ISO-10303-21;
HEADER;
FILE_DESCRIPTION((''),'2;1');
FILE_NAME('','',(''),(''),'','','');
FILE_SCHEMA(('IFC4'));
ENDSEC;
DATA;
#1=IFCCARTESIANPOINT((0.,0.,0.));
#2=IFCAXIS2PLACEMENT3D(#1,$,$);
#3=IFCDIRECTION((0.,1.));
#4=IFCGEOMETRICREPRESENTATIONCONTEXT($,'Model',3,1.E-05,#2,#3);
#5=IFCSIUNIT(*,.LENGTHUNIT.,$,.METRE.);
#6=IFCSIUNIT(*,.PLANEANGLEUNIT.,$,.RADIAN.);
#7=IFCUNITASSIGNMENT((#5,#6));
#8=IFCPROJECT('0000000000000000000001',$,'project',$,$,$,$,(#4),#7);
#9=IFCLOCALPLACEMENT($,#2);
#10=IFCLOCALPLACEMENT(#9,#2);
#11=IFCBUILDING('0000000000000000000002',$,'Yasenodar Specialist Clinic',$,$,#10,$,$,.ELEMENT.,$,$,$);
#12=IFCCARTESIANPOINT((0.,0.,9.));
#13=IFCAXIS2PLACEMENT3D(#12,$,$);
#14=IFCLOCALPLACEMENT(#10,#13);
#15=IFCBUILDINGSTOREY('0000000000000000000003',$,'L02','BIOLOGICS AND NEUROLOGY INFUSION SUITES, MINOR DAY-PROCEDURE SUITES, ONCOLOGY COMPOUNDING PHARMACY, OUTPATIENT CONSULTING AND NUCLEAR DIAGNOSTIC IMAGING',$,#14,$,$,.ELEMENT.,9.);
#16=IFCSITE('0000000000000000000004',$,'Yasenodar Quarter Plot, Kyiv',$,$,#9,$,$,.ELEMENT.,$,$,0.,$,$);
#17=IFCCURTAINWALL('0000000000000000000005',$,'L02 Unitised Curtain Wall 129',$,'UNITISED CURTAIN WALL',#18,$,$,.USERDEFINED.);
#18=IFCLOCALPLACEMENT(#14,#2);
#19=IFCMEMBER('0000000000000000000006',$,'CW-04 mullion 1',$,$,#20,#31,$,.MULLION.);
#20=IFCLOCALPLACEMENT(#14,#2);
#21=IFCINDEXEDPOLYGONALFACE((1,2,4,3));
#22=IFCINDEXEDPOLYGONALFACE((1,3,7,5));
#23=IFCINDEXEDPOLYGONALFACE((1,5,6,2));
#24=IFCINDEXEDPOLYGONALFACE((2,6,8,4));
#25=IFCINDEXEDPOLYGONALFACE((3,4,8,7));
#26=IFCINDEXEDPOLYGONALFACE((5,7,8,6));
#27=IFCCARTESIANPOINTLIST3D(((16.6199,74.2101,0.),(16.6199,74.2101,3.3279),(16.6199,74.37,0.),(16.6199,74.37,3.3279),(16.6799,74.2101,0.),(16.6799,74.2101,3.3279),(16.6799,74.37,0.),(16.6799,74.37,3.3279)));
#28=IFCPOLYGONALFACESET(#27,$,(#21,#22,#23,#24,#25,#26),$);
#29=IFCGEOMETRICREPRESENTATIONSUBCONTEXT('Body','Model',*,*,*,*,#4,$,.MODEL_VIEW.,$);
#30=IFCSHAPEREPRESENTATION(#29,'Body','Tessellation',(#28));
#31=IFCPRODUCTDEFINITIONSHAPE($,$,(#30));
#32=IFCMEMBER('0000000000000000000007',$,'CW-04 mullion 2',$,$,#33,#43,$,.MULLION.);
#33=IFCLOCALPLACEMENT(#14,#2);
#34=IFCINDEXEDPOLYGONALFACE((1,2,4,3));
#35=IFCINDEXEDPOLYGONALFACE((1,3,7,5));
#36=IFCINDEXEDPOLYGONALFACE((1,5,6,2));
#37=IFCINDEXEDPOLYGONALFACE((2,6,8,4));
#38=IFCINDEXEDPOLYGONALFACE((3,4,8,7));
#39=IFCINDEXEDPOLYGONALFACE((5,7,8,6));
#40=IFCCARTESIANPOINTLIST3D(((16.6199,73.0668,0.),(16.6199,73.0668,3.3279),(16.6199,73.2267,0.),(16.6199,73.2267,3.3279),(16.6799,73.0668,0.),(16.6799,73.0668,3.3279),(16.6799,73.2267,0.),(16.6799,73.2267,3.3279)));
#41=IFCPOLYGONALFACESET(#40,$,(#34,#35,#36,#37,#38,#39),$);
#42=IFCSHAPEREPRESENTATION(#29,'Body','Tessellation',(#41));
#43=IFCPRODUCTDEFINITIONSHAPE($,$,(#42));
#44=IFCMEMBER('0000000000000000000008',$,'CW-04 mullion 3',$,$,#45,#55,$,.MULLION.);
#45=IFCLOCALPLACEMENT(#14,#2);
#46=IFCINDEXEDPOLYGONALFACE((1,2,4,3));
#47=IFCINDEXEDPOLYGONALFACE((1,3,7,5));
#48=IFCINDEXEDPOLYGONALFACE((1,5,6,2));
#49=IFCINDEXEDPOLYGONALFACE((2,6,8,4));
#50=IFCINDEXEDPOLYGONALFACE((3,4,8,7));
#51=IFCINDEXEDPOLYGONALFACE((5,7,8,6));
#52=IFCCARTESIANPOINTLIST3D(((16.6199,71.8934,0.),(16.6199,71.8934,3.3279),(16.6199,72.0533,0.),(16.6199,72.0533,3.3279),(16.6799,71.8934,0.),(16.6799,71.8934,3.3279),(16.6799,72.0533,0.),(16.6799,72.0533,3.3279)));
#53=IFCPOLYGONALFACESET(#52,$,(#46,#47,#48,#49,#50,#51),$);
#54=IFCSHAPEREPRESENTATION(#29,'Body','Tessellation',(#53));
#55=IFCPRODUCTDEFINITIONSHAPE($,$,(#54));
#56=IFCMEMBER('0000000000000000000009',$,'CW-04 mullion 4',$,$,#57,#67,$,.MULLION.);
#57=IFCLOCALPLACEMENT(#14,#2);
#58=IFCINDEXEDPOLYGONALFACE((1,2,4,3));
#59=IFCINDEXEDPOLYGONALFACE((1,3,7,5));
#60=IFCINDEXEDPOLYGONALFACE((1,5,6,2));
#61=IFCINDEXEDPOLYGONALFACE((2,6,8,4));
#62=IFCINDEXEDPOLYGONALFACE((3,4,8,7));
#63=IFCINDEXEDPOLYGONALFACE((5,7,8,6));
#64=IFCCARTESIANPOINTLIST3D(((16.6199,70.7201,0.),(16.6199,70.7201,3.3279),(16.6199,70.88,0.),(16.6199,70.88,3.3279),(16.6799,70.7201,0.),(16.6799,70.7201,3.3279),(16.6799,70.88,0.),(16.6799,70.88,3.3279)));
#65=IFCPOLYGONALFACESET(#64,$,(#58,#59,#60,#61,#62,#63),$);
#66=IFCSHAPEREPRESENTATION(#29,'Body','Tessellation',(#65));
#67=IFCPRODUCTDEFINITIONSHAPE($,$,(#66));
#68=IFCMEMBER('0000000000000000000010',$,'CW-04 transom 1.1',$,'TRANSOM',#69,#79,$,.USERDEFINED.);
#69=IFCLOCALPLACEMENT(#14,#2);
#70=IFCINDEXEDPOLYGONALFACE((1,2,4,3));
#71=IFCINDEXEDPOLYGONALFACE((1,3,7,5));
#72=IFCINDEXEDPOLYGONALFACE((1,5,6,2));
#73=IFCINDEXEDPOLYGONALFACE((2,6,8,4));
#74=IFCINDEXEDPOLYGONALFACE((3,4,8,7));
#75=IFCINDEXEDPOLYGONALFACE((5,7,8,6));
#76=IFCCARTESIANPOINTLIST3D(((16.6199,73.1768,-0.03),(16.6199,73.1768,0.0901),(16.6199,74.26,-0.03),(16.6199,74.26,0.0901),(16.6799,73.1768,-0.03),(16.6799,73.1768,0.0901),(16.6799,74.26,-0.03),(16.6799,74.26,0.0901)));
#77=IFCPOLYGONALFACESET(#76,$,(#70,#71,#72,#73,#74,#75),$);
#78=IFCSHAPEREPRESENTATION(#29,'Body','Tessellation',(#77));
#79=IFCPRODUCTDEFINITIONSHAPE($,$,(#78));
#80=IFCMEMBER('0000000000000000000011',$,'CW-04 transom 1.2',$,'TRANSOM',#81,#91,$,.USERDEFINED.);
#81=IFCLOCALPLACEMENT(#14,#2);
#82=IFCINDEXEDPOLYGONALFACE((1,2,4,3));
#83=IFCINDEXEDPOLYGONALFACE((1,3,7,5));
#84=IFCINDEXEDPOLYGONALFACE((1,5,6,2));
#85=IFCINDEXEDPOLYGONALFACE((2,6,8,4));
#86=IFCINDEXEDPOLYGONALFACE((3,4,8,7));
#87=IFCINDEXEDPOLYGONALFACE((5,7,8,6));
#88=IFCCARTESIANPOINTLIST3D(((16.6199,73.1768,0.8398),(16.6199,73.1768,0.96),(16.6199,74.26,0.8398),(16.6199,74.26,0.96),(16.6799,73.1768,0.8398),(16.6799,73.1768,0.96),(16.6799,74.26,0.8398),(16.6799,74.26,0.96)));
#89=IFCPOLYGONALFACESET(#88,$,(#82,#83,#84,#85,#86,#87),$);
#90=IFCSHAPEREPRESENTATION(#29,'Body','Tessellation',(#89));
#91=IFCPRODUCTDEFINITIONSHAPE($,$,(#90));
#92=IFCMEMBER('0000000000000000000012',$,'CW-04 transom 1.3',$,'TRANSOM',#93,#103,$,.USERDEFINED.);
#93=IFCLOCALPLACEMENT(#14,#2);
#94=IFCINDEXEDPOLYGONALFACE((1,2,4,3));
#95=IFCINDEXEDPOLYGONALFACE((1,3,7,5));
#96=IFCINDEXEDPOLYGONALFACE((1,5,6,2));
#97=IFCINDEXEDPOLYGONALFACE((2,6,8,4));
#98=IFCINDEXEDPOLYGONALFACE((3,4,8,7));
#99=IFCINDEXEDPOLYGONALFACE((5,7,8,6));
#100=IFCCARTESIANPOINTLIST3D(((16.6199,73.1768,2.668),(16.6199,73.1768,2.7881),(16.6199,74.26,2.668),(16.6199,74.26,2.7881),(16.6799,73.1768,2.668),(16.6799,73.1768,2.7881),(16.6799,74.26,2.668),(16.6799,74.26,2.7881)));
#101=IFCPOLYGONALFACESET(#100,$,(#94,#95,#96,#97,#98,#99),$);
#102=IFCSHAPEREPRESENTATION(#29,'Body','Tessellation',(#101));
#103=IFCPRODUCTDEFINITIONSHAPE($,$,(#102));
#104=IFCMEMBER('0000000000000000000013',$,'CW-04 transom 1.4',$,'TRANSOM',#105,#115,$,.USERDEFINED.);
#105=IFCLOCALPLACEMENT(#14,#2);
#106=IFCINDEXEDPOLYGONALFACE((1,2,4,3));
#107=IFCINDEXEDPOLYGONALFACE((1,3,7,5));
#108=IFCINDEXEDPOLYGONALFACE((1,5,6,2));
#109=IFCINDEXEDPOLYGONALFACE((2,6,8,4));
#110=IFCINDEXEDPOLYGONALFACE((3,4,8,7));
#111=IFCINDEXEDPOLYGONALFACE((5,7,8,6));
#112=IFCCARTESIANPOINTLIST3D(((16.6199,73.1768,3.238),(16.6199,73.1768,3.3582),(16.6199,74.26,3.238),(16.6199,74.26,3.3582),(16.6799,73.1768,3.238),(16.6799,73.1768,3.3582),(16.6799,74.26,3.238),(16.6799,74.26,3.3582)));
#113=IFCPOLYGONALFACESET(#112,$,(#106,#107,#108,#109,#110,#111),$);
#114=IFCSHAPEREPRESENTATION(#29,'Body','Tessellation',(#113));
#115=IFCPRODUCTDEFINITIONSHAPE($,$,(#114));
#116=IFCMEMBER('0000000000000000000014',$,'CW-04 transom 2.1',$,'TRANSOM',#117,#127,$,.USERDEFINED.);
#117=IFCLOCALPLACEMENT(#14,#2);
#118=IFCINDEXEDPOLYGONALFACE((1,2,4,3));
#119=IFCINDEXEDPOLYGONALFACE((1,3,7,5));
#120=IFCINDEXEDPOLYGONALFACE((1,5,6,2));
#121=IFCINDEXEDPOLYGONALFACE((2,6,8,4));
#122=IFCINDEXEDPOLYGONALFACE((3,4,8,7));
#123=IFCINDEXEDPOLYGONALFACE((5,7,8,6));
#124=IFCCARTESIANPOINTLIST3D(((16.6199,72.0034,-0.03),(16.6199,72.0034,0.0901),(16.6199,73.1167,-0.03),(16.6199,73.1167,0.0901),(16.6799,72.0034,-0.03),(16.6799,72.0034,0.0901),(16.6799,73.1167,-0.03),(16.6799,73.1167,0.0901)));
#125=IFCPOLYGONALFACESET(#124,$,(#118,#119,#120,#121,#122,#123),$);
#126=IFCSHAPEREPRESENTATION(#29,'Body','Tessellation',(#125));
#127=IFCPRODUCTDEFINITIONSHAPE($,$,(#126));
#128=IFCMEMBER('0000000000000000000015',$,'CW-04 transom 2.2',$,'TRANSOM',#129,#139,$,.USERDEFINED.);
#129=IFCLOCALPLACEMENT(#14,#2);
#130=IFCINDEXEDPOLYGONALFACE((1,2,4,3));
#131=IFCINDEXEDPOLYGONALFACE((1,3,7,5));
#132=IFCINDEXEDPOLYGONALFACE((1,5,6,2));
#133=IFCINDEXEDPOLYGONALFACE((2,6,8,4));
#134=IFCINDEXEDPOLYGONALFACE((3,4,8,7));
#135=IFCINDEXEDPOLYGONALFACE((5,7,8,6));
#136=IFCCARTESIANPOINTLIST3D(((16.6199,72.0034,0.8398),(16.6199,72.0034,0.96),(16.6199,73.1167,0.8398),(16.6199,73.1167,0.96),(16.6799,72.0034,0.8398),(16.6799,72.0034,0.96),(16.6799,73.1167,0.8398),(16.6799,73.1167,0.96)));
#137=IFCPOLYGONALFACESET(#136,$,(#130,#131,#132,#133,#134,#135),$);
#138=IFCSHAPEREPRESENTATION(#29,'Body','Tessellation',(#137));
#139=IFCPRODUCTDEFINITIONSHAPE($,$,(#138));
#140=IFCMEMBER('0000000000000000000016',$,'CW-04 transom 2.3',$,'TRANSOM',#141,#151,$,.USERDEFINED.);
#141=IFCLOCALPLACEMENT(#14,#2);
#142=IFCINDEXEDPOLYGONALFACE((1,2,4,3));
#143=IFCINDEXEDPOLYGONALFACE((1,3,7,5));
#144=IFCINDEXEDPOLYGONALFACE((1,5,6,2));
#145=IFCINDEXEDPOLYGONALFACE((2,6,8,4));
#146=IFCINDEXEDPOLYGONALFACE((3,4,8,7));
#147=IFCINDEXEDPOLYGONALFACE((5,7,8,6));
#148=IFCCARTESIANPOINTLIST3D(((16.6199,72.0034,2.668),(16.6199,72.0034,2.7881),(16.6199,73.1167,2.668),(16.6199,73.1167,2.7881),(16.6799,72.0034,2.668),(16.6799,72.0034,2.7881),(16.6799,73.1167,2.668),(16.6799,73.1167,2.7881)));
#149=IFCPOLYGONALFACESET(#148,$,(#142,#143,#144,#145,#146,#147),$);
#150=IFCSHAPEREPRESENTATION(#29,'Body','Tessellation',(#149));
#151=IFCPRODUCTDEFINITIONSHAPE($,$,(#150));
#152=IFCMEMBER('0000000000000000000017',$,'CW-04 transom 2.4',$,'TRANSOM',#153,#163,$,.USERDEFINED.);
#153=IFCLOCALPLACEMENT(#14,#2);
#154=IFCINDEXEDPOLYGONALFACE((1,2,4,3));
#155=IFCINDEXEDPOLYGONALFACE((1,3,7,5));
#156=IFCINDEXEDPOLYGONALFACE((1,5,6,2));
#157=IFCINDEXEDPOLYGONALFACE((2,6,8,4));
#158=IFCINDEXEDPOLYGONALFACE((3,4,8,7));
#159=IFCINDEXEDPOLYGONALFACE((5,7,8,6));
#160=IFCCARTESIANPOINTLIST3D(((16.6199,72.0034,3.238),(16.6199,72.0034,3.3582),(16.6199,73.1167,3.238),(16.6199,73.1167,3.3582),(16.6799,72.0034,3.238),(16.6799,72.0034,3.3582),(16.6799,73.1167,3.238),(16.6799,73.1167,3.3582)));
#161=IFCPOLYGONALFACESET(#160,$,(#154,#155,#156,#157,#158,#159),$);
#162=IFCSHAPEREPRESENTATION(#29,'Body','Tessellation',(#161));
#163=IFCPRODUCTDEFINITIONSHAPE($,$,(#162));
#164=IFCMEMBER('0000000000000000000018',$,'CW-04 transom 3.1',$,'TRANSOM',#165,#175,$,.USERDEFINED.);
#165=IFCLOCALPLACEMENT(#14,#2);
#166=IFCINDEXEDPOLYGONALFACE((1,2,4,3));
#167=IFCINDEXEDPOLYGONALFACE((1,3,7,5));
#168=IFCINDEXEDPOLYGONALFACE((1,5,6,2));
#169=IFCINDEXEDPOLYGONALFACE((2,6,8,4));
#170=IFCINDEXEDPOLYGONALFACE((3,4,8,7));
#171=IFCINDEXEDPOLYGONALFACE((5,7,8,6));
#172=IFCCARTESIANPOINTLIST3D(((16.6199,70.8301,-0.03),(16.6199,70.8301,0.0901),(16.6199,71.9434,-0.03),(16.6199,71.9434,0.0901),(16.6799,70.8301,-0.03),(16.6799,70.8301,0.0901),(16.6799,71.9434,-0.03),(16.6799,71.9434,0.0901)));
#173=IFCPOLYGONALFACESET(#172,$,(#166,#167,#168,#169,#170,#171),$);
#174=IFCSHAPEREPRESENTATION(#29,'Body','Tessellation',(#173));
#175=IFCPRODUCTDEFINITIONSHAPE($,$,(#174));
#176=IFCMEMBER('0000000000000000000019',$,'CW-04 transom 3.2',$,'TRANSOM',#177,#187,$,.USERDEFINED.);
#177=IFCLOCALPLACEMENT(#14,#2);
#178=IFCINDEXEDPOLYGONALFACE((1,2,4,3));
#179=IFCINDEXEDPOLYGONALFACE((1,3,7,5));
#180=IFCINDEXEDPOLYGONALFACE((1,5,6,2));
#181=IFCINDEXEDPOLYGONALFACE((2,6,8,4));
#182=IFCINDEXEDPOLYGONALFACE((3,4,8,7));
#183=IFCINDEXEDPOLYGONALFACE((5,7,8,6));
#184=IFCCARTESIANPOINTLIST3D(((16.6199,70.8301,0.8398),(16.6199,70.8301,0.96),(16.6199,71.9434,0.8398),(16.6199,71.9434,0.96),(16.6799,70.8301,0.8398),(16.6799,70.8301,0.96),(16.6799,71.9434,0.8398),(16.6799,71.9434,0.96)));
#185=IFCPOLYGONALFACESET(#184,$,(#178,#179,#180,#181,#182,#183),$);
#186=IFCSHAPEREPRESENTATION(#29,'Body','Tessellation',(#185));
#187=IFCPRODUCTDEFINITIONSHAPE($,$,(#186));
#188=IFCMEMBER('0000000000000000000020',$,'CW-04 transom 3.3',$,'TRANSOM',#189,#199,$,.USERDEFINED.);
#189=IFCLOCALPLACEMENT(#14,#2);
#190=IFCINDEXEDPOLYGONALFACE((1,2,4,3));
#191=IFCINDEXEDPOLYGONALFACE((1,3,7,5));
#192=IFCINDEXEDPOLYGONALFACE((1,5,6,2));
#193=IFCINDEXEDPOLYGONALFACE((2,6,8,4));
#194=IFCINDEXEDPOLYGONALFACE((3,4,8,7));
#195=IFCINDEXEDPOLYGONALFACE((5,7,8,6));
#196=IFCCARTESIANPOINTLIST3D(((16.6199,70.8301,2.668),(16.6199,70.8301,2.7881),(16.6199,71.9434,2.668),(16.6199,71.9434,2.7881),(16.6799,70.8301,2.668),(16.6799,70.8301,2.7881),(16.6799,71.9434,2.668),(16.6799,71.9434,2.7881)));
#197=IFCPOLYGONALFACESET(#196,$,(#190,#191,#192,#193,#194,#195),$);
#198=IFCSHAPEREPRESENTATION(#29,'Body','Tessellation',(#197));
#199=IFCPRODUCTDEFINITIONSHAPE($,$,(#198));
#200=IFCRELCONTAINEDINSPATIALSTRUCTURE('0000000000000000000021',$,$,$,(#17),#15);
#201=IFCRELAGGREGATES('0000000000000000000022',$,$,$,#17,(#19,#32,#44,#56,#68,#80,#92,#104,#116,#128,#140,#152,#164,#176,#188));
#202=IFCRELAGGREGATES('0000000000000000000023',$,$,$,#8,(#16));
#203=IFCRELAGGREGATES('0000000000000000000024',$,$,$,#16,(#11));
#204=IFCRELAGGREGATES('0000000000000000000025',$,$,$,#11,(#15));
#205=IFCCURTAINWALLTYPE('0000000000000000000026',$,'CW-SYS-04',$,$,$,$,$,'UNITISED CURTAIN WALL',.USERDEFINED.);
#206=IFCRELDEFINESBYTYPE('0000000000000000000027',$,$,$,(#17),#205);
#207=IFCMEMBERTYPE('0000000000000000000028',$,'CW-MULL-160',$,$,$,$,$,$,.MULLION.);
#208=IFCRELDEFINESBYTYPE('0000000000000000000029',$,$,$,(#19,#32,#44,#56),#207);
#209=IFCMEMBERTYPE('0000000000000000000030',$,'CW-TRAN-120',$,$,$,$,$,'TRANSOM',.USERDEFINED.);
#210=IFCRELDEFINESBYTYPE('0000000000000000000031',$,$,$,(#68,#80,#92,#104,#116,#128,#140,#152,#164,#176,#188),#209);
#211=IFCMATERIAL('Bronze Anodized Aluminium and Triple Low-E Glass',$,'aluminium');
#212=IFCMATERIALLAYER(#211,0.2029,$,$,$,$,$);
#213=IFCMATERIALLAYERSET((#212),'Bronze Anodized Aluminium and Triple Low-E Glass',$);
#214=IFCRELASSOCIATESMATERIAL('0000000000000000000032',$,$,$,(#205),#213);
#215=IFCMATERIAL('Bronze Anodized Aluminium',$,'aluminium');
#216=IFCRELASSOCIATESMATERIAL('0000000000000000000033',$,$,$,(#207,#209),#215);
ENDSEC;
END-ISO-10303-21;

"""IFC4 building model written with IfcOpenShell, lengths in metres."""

from ifc_helpers import new_model, si_unit, direction, frame, origin, origin_2d, place, context, subcontext, project, spatial, rectangle, extrude, material, layer, layer_set, material_profile, profile_set, type_object, element, aggregate, save


model = new_model("IFC4")

# Units and contexts
model_context = context("Model", 3, precision=1e-05, world=origin(), true_north=direction((0.0, 1.0)))
body_context = subcontext(model_context, "Body", "Model", "MODEL_VIEW")
ifc_project = project(units=[si_unit("LENGTHUNIT", "METRE"), si_unit("PLANEANGLEUNIT", "RADIAN")], contexts=[model_context])

# Site, building, storey
site_placement = place(None, origin())
site = spatial("IfcSite", under=ifc_project, at=site_placement, Name="Yasenodar Quarter Plot, Kyiv", CompositionType="ELEMENT", RefElevation=0.0)
building_placement = place(site_placement, origin())
building = spatial("IfcBuilding", under=site, at=building_placement, Name="Yasenodar Specialist Clinic", CompositionType="ELEMENT")
storey_placement = place(building_placement, frame((0.0, 0.0, 9.0)))
storey = spatial("IfcBuildingStorey", under=building, at=storey_placement, Name="L02", Description="BIOLOGICS AND NEUROLOGY INFUSION SUITES, MINOR DAY-PROCEDURE SUITES, ONCOLOGY COMPOUNDING PHARMACY, OUTPATIENT CONSULTING AND NUCLEAR DIAGNOSTIC IMAGING", CompositionType="ELEMENT", Elevation=9.0)

# Curtain wall, members
ifc_material_1 = material(Name="Bronze Anodized Aluminium and Triple Low-E Glass", Category="aluminium")
ifc_layer_1 = layer(ifc_material_1, 0.2029)
ifc_layer_set_1 = layer_set([ifc_layer_1], Name="Bronze Anodized Aluminium and Triple Low-E Glass")
curtain_wall_type = type_object("IfcCurtainWallType", Name="CW-SYS-04", ElementType="UNITISED CURTAIN WALL", PredefinedType="USERDEFINED", material=ifc_layer_set_1)
curtain_wall_placement = place(storey_placement, origin())
curtain_wall = element("IfcCurtainWall", 1, at=curtain_wall_placement, inside=storey, type_object=curtain_wall_type, Name="L02 Unitised Curtain Wall 129", ObjectType="UNITISED CURTAIN WALL", PredefinedType="USERDEFINED")
ifc_material_2 = material(Name="Bronze Anodized Aluminium", Category="aluminium")
ifc_material_profile_1 = material_profile(ifc_material_2, rectangle(XDim=0.0601, YDim=0.1599, at=origin_2d()), Name="CW-MULL 60x160")
ifc_profile_set_1 = profile_set([ifc_material_profile_1], Name="Bronze Anodized Aluminium")
member_type_1 = type_object("IfcMemberType", Name="CW-MULL-160", PredefinedType="MULLION", material=ifc_profile_set_1)
member_1_placement = place(storey_placement, frame((16.6499, 74.29, 0.0), z_axis=(0.0, 0.0, 1.0), x_axis=(1.0, 0.0, 0.0)))
member_1 = element("IfcMember", 2, at=member_1_placement, type_object=member_type_1, Name="CW-04 mullion 1", PredefinedType="MULLION", context=body_context, shape_type="SweptSolid", body=[
    extrude(rectangle(XDim=0.0601, YDim=0.1599, at=origin_2d()), origin(), (0.0, 0.0, 1.0), 3.3279),
])
member_2_placement = place(storey_placement, frame((16.6499, 73.1467, 0.0), z_axis=(0.0, 0.0, 1.0), x_axis=(1.0, 0.0, 0.0)))
member_2 = element("IfcMember", 3, at=member_2_placement, type_object=member_type_1, Name="CW-04 mullion 2", PredefinedType="MULLION", context=body_context, shape_type="SweptSolid", body=[
    extrude(rectangle(XDim=0.0601, YDim=0.1599, at=origin_2d()), origin(), (0.0, 0.0, 1.0), 3.3279),
])
member_3_placement = place(storey_placement, frame((16.6499, 71.9734, 0.0), z_axis=(0.0, 0.0, 1.0), x_axis=(1.0, 0.0, 0.0)))
member_3 = element("IfcMember", 4, at=member_3_placement, type_object=member_type_1, Name="CW-04 mullion 3", PredefinedType="MULLION", context=body_context, shape_type="SweptSolid", body=[
    extrude(rectangle(XDim=0.0601, YDim=0.1599, at=origin_2d()), origin(), (0.0, 0.0, 1.0), 3.3279),
])
member_4_placement = place(storey_placement, frame((16.6499, 70.8, 0.0), z_axis=(0.0, 0.0, 1.0), x_axis=(1.0, 0.0, 0.0)))
member_4 = element("IfcMember", 5, at=member_4_placement, type_object=member_type_1, Name="CW-04 mullion 4", PredefinedType="MULLION", context=body_context, shape_type="SweptSolid", body=[
    extrude(rectangle(XDim=0.0601, YDim=0.1599, at=origin_2d()), origin(), (0.0, 0.0, 1.0), 3.3279),
])
ifc_material_profile_2 = material_profile(ifc_material_2, rectangle(XDim=0.0601, YDim=0.1201, at=origin_2d()), Name="CW-TRAN 60x120")
ifc_profile_set_2 = profile_set([ifc_material_profile_2], Name="Bronze Anodized Aluminium")
member_type_2 = type_object("IfcMemberType", Name="CW-TRAN-120", ElementType="TRANSOM", PredefinedType="USERDEFINED", material=ifc_profile_set_2)
member_5_placement = place(storey_placement, frame((16.6499, 74.26, 0.03), z_axis=(0.0, -1.0, 0.0), x_axis=(1.0, 0.0, 0.0)))
member_5 = element("IfcMember", 6, at=member_5_placement, type_object=member_type_2, Name="CW-04 transom 1.1", ObjectType="TRANSOM", PredefinedType="USERDEFINED", context=body_context, shape_type="SweptSolid", body=[
    extrude(rectangle(XDim=0.0601, YDim=0.1201, at=origin_2d()), origin(), (0.0, 0.0, 1.0), 1.0833),
])
member_6_placement = place(storey_placement, frame((16.6499, 74.26, 0.8999), z_axis=(0.0, -1.0, 0.0), x_axis=(1.0, 0.0, 0.0)))
member_6 = element("IfcMember", 7, at=member_6_placement, type_object=member_type_2, Name="CW-04 transom 1.2", ObjectType="TRANSOM", PredefinedType="USERDEFINED", context=body_context, shape_type="SweptSolid", body=[
    extrude(rectangle(XDim=0.0601, YDim=0.1201, at=origin_2d()), origin(), (0.0, 0.0, 1.0), 1.0833),
])
member_7_placement = place(storey_placement, frame((16.6499, 74.26, 2.728), z_axis=(0.0, -1.0, 0.0), x_axis=(1.0, 0.0, 0.0)))
member_7 = element("IfcMember", 8, at=member_7_placement, type_object=member_type_2, Name="CW-04 transom 1.3", ObjectType="TRANSOM", PredefinedType="USERDEFINED", context=body_context, shape_type="SweptSolid", body=[
    extrude(rectangle(XDim=0.0601, YDim=0.1201, at=origin_2d()), origin(), (0.0, 0.0, 1.0), 1.0833),
])
member_8_placement = place(storey_placement, frame((16.6499, 74.26, 3.2981), z_axis=(0.0, -1.0, 0.0), x_axis=(1.0, 0.0, 0.0)))
member_8 = element("IfcMember", 9, at=member_8_placement, type_object=member_type_2, Name="CW-04 transom 1.4", ObjectType="TRANSOM", PredefinedType="USERDEFINED", context=body_context, shape_type="SweptSolid", body=[
    extrude(rectangle(XDim=0.0601, YDim=0.1201, at=origin_2d()), origin(), (0.0, 0.0, 1.0), 1.0833),
])
member_9_placement = place(storey_placement, frame((16.6499, 73.1167, 0.03), z_axis=(0.0, -1.0, 0.0), x_axis=(1.0, 0.0, 0.0)))
member_9 = element("IfcMember", 10, at=member_9_placement, type_object=member_type_2, Name="CW-04 transom 2.1", ObjectType="TRANSOM", PredefinedType="USERDEFINED", context=body_context, shape_type="SweptSolid", body=[
    extrude(rectangle(XDim=0.0601, YDim=0.1201, at=origin_2d()), origin(), (0.0, 0.0, 1.0), 1.1133),
])
member_10_placement = place(storey_placement, frame((16.6499, 73.1167, 0.8999), z_axis=(0.0, -1.0, 0.0), x_axis=(1.0, 0.0, 0.0)))
member_10 = element("IfcMember", 11, at=member_10_placement, type_object=member_type_2, Name="CW-04 transom 2.2", ObjectType="TRANSOM", PredefinedType="USERDEFINED", context=body_context, shape_type="SweptSolid", body=[
    extrude(rectangle(XDim=0.0601, YDim=0.1201, at=origin_2d()), origin(), (0.0, 0.0, 1.0), 1.1133),
])
member_11_placement = place(storey_placement, frame((16.6499, 73.1167, 2.728), z_axis=(0.0, -1.0, 0.0), x_axis=(1.0, 0.0, 0.0)))
member_11 = element("IfcMember", 12, at=member_11_placement, type_object=member_type_2, Name="CW-04 transom 2.3", ObjectType="TRANSOM", PredefinedType="USERDEFINED", context=body_context, shape_type="SweptSolid", body=[
    extrude(rectangle(XDim=0.0601, YDim=0.1201, at=origin_2d()), origin(), (0.0, 0.0, 1.0), 1.1133),
])
member_12_placement = place(storey_placement, frame((16.6499, 73.1167, 3.2981), z_axis=(0.0, -1.0, 0.0), x_axis=(1.0, 0.0, 0.0)))
member_12 = element("IfcMember", 13, at=member_12_placement, type_object=member_type_2, Name="CW-04 transom 2.4", ObjectType="TRANSOM", PredefinedType="USERDEFINED", context=body_context, shape_type="SweptSolid", body=[
    extrude(rectangle(XDim=0.0601, YDim=0.1201, at=origin_2d()), origin(), (0.0, 0.0, 1.0), 1.1133),
])
member_13_placement = place(storey_placement, frame((16.6499, 71.9434, 0.03), z_axis=(0.0, -1.0, 0.0), x_axis=(1.0, 0.0, 0.0)))
member_13 = element("IfcMember", 14, at=member_13_placement, type_object=member_type_2, Name="CW-04 transom 3.1", ObjectType="TRANSOM", PredefinedType="USERDEFINED", context=body_context, shape_type="SweptSolid", body=[
    extrude(rectangle(XDim=0.0601, YDim=0.1201, at=origin_2d()), origin(), (0.0, 0.0, 1.0), 1.1133),
])
member_14_placement = place(storey_placement, frame((16.6499, 71.9434, 0.8999), z_axis=(0.0, -1.0, 0.0), x_axis=(1.0, 0.0, 0.0)))
member_14 = element("IfcMember", 15, at=member_14_placement, type_object=member_type_2, Name="CW-04 transom 3.2", ObjectType="TRANSOM", PredefinedType="USERDEFINED", context=body_context, shape_type="SweptSolid", body=[
    extrude(rectangle(XDim=0.0601, YDim=0.1201, at=origin_2d()), origin(), (0.0, 0.0, 1.0), 1.1133),
])
member_15_placement = place(storey_placement, frame((16.6499, 71.9434, 2.728), z_axis=(0.0, -1.0, 0.0), x_axis=(1.0, 0.0, 0.0)))
member_15 = element("IfcMember", 16, at=member_15_placement, type_object=member_type_2, Name="CW-04 transom 3.3", ObjectType="TRANSOM", PredefinedType="USERDEFINED", context=body_context, shape_type="SweptSolid", body=[
    extrude(rectangle(XDim=0.0601, YDim=0.1201, at=origin_2d()), origin(), (0.0, 0.0, 1.0), 1.1133),
])

aggregate(curtain_wall, [member_1, member_2, member_3, member_4, member_5, member_6, member_7, member_8, member_9, member_10, member_11, member_12, member_13, member_14, member_15])

save(model, "model.ifc")
